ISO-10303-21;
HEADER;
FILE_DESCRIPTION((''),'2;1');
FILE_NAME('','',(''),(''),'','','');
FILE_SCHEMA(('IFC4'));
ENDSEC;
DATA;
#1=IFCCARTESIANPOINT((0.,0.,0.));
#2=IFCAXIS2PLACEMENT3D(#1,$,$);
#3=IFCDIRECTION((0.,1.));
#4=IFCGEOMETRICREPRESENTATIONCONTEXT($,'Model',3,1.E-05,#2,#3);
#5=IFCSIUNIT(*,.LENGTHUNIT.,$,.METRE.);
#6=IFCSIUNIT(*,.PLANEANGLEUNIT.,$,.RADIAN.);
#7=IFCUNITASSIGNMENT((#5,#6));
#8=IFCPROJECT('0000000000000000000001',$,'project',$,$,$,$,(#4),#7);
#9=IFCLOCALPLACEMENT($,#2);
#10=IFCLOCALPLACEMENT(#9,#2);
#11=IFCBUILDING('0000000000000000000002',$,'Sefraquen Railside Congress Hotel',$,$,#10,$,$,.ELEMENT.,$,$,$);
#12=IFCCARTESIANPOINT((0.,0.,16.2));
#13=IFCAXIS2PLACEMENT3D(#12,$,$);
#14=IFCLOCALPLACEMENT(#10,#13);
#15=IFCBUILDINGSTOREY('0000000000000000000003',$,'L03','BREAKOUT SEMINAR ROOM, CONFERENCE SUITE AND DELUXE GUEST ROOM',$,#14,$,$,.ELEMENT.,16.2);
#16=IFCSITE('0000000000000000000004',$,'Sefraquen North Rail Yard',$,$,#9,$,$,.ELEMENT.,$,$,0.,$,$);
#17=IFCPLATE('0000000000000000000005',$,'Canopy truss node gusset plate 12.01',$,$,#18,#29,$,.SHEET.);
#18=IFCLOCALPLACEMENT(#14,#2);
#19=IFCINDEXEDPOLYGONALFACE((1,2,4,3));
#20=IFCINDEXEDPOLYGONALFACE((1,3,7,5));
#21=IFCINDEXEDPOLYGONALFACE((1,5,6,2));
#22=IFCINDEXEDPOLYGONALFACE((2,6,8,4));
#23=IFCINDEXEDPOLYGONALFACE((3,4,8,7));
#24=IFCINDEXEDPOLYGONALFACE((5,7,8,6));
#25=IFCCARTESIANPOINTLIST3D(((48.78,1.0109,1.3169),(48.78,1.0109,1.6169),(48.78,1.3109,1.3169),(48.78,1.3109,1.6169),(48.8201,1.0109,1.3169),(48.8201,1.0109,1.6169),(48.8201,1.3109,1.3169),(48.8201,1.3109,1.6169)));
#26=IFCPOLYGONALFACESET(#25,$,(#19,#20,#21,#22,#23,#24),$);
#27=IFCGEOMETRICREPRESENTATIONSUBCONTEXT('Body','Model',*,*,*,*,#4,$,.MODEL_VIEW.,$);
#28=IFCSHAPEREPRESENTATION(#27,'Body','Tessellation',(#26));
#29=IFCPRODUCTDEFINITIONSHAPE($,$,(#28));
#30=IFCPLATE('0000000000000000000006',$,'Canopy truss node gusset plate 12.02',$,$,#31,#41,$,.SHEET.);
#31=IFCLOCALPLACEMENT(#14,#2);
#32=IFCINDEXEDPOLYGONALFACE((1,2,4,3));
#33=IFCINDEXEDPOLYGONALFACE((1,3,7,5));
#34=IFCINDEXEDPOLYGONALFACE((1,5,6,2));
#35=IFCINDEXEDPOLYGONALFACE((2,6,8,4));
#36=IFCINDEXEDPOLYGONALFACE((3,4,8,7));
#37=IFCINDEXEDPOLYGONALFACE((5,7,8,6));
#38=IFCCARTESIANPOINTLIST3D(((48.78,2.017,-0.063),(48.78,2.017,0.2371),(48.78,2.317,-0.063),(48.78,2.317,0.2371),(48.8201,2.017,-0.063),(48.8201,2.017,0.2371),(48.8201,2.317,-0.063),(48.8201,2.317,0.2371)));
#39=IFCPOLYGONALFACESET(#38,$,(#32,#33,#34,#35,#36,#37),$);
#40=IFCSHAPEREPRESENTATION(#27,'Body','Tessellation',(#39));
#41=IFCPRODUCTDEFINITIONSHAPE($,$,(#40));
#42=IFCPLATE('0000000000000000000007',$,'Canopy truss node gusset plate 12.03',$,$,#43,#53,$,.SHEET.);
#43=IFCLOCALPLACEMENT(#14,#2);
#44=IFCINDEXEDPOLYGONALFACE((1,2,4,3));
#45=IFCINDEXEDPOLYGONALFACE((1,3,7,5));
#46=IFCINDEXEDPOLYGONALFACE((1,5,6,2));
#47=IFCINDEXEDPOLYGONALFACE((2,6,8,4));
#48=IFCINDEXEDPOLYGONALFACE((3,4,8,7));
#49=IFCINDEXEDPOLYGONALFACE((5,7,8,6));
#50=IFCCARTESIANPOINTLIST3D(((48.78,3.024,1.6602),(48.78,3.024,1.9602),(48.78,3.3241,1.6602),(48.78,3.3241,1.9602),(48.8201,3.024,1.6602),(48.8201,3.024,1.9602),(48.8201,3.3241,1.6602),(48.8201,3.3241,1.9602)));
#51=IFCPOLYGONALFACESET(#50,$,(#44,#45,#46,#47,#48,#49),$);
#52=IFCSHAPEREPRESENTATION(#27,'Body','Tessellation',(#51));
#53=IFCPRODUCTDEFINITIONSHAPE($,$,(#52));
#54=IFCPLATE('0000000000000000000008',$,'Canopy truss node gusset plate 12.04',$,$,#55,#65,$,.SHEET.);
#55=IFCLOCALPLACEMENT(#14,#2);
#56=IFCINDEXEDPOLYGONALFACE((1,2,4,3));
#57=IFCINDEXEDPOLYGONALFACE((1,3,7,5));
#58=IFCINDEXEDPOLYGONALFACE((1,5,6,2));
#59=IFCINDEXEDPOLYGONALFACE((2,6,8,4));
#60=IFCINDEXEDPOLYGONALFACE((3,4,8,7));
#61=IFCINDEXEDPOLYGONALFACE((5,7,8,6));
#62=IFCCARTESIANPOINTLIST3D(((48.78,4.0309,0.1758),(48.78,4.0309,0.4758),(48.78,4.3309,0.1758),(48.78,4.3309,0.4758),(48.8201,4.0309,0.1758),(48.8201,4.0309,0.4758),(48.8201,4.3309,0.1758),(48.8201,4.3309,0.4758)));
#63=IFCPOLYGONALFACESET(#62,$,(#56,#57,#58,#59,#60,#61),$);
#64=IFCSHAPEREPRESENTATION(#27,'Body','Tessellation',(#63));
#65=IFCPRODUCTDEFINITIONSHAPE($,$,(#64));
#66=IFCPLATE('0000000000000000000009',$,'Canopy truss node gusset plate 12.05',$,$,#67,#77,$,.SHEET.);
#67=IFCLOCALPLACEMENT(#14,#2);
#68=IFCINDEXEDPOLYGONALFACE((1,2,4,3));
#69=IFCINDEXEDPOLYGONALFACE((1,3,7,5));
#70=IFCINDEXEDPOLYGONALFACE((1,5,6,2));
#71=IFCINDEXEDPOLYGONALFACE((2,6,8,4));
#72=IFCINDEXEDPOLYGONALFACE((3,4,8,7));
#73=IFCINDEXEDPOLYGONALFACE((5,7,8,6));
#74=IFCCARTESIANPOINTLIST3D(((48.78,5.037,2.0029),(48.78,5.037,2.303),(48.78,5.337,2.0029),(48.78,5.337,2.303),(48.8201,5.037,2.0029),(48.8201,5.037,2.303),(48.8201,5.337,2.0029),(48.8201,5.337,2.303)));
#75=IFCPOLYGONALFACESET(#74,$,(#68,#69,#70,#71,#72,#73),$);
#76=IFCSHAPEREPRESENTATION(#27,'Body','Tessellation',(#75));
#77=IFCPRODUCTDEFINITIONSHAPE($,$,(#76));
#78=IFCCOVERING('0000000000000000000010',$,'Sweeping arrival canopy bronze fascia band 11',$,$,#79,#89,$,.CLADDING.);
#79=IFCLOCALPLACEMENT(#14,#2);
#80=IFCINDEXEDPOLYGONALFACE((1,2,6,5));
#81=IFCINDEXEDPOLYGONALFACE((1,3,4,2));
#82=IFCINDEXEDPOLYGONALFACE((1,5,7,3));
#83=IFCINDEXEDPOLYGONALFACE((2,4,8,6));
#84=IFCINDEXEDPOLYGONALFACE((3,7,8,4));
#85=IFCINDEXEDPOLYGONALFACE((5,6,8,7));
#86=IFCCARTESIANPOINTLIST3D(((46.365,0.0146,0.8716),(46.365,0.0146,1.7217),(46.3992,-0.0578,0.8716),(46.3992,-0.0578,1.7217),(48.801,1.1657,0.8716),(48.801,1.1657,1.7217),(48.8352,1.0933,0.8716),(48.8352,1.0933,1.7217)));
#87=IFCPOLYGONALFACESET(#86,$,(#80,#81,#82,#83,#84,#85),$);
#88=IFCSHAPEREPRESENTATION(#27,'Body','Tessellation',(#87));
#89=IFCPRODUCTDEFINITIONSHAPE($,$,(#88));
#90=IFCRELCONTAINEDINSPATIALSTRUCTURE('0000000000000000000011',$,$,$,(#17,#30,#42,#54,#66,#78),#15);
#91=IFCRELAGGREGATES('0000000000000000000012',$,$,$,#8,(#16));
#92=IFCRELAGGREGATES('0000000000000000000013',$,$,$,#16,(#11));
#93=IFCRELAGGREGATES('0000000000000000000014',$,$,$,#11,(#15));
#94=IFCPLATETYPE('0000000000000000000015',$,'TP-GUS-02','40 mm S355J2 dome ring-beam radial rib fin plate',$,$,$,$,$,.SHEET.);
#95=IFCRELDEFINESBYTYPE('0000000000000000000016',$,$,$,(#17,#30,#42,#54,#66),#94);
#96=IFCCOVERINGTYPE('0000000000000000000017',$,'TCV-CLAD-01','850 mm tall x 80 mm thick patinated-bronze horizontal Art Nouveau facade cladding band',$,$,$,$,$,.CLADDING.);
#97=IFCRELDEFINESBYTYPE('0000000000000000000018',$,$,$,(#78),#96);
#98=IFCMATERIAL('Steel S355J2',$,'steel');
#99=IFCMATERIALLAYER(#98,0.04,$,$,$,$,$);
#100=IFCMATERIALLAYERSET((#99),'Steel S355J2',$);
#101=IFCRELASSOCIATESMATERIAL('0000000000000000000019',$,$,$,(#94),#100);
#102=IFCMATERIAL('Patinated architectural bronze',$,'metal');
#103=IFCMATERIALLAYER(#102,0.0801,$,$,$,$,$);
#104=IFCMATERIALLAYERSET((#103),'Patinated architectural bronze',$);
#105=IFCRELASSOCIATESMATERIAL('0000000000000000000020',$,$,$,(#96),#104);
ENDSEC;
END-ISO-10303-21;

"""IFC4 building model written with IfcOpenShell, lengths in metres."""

from ifc_helpers import new_model, si_unit, direction, frame, origin, origin_2d, place, context, subcontext, project, spatial, rectangle, extrude, material, layer, layer_set, type_object, element, save


model = new_model("IFC4")

# Units and contexts
model_context = context("Model", 3, precision=1e-05, world=origin(), true_north=direction((0.0, 1.0)))
body_context = subcontext(model_context, "Body", "Model", "MODEL_VIEW")
ifc_project = project(units=[si_unit("LENGTHUNIT", "METRE"), si_unit("PLANEANGLEUNIT", "RADIAN")], contexts=[model_context])

# Site, building, storey
site_placement = place(None, origin())
site = spatial("IfcSite", under=ifc_project, at=site_placement, Name="Sefraquen North Rail Yard", CompositionType="ELEMENT", RefElevation=0.0)
building_placement = place(site_placement, origin())
building = spatial("IfcBuilding", under=site, at=building_placement, Name="Sefraquen Railside Congress Hotel", CompositionType="ELEMENT")
storey_placement = place(building_placement, frame((0.0, 0.0, 16.2)))
storey = spatial("IfcBuildingStorey", under=building, at=storey_placement, Name="L03", Description="BREAKOUT SEMINAR ROOM, CONFERENCE SUITE AND DELUXE GUEST ROOM", CompositionType="ELEMENT", Elevation=16.2)

# Shared definitions
ifc_material_1 = material(Name="Steel S355J2", Category="steel")

# Plates
ifc_layer_1 = layer(ifc_material_1, 0.04)
ifc_layer_set_1 = layer_set([ifc_layer_1], Name="Steel S355J2")
plate_type_1 = type_object("IfcPlateType", Name="TP-GUS-02", Description="40 mm S355J2 dome ring-beam radial rib fin plate", PredefinedType="SHEET", material=ifc_layer_set_1)
for number, where, z_axis, x_axis, name in (
    (1, (48.8, 1.1609, 1.3169), (0.0, 0.0, 1.0), (1.0, 0.0, 0.0), "Canopy truss node gusset plate 12.01"),
    (2, (48.8, 2.167, -0.063), (0.0, 0.0, 1.0), (1.0, 0.0, 0.0), "Canopy truss node gusset plate 12.02"),
    (3, (48.8, 3.1741, 1.6602), (0.0, 0.0, 1.0), (1.0, 0.0, 0.0), "Canopy truss node gusset plate 12.03"),
    (4, (48.8, 4.1809, 0.1758), (0.0, 0.0, 1.0), (1.0, 0.0, 0.0), "Canopy truss node gusset plate 12.04"),
    (5, (48.8, 5.187, 2.0029), (0.0, 0.0, 1.0), (1.0, 0.0, 0.0), "Canopy truss node gusset plate 12.05"),
):
    element("IfcPlate", number, at=place(storey_placement, frame(where, z_axis=z_axis, x_axis=x_axis)), inside=storey, type_object=plate_type_1, Name=name, PredefinedType="SHEET", context=body_context, shape_type="SweptSolid", body=[
        extrude(rectangle(XDim=0.04, YDim=0.3, at=origin_2d()), origin(), (0.0, 0.0, 1.0), 0.3),
    ])

# Covering
ifc_material_2 = material(Name="Patinated architectural bronze", Category="metal")
ifc_layer_2 = layer(ifc_material_2, 0.0801)
ifc_layer_set_2 = layer_set([ifc_layer_2], Name="Patinated architectural bronze")
covering_type = type_object("IfcCoveringType", Name="TCV-CLAD-01", Description="850 mm tall x 80 mm thick patinated-bronze horizontal Art Nouveau facade cladding band", PredefinedType="CLADDING", material=ifc_layer_set_2)
covering_placement = place(storey_placement, frame((47.6001, 0.554, 0.8716), z_axis=(0.0, 0.0, 1.0), x_axis=(0.90415, 0.427216, 0.0)))
element("IfcCovering", 6, at=covering_placement, inside=storey, type_object=covering_type, Name="Sweeping arrival canopy bronze fascia band 11", PredefinedType="CLADDING", context=body_context, shape_type="SweptSolid", body=[
    extrude(rectangle(XDim=2.6943, YDim=0.0801, at=origin_2d()), origin(), (0.0, 0.0, 1.0), 0.8501),
])

save(model, "model.ifc")
